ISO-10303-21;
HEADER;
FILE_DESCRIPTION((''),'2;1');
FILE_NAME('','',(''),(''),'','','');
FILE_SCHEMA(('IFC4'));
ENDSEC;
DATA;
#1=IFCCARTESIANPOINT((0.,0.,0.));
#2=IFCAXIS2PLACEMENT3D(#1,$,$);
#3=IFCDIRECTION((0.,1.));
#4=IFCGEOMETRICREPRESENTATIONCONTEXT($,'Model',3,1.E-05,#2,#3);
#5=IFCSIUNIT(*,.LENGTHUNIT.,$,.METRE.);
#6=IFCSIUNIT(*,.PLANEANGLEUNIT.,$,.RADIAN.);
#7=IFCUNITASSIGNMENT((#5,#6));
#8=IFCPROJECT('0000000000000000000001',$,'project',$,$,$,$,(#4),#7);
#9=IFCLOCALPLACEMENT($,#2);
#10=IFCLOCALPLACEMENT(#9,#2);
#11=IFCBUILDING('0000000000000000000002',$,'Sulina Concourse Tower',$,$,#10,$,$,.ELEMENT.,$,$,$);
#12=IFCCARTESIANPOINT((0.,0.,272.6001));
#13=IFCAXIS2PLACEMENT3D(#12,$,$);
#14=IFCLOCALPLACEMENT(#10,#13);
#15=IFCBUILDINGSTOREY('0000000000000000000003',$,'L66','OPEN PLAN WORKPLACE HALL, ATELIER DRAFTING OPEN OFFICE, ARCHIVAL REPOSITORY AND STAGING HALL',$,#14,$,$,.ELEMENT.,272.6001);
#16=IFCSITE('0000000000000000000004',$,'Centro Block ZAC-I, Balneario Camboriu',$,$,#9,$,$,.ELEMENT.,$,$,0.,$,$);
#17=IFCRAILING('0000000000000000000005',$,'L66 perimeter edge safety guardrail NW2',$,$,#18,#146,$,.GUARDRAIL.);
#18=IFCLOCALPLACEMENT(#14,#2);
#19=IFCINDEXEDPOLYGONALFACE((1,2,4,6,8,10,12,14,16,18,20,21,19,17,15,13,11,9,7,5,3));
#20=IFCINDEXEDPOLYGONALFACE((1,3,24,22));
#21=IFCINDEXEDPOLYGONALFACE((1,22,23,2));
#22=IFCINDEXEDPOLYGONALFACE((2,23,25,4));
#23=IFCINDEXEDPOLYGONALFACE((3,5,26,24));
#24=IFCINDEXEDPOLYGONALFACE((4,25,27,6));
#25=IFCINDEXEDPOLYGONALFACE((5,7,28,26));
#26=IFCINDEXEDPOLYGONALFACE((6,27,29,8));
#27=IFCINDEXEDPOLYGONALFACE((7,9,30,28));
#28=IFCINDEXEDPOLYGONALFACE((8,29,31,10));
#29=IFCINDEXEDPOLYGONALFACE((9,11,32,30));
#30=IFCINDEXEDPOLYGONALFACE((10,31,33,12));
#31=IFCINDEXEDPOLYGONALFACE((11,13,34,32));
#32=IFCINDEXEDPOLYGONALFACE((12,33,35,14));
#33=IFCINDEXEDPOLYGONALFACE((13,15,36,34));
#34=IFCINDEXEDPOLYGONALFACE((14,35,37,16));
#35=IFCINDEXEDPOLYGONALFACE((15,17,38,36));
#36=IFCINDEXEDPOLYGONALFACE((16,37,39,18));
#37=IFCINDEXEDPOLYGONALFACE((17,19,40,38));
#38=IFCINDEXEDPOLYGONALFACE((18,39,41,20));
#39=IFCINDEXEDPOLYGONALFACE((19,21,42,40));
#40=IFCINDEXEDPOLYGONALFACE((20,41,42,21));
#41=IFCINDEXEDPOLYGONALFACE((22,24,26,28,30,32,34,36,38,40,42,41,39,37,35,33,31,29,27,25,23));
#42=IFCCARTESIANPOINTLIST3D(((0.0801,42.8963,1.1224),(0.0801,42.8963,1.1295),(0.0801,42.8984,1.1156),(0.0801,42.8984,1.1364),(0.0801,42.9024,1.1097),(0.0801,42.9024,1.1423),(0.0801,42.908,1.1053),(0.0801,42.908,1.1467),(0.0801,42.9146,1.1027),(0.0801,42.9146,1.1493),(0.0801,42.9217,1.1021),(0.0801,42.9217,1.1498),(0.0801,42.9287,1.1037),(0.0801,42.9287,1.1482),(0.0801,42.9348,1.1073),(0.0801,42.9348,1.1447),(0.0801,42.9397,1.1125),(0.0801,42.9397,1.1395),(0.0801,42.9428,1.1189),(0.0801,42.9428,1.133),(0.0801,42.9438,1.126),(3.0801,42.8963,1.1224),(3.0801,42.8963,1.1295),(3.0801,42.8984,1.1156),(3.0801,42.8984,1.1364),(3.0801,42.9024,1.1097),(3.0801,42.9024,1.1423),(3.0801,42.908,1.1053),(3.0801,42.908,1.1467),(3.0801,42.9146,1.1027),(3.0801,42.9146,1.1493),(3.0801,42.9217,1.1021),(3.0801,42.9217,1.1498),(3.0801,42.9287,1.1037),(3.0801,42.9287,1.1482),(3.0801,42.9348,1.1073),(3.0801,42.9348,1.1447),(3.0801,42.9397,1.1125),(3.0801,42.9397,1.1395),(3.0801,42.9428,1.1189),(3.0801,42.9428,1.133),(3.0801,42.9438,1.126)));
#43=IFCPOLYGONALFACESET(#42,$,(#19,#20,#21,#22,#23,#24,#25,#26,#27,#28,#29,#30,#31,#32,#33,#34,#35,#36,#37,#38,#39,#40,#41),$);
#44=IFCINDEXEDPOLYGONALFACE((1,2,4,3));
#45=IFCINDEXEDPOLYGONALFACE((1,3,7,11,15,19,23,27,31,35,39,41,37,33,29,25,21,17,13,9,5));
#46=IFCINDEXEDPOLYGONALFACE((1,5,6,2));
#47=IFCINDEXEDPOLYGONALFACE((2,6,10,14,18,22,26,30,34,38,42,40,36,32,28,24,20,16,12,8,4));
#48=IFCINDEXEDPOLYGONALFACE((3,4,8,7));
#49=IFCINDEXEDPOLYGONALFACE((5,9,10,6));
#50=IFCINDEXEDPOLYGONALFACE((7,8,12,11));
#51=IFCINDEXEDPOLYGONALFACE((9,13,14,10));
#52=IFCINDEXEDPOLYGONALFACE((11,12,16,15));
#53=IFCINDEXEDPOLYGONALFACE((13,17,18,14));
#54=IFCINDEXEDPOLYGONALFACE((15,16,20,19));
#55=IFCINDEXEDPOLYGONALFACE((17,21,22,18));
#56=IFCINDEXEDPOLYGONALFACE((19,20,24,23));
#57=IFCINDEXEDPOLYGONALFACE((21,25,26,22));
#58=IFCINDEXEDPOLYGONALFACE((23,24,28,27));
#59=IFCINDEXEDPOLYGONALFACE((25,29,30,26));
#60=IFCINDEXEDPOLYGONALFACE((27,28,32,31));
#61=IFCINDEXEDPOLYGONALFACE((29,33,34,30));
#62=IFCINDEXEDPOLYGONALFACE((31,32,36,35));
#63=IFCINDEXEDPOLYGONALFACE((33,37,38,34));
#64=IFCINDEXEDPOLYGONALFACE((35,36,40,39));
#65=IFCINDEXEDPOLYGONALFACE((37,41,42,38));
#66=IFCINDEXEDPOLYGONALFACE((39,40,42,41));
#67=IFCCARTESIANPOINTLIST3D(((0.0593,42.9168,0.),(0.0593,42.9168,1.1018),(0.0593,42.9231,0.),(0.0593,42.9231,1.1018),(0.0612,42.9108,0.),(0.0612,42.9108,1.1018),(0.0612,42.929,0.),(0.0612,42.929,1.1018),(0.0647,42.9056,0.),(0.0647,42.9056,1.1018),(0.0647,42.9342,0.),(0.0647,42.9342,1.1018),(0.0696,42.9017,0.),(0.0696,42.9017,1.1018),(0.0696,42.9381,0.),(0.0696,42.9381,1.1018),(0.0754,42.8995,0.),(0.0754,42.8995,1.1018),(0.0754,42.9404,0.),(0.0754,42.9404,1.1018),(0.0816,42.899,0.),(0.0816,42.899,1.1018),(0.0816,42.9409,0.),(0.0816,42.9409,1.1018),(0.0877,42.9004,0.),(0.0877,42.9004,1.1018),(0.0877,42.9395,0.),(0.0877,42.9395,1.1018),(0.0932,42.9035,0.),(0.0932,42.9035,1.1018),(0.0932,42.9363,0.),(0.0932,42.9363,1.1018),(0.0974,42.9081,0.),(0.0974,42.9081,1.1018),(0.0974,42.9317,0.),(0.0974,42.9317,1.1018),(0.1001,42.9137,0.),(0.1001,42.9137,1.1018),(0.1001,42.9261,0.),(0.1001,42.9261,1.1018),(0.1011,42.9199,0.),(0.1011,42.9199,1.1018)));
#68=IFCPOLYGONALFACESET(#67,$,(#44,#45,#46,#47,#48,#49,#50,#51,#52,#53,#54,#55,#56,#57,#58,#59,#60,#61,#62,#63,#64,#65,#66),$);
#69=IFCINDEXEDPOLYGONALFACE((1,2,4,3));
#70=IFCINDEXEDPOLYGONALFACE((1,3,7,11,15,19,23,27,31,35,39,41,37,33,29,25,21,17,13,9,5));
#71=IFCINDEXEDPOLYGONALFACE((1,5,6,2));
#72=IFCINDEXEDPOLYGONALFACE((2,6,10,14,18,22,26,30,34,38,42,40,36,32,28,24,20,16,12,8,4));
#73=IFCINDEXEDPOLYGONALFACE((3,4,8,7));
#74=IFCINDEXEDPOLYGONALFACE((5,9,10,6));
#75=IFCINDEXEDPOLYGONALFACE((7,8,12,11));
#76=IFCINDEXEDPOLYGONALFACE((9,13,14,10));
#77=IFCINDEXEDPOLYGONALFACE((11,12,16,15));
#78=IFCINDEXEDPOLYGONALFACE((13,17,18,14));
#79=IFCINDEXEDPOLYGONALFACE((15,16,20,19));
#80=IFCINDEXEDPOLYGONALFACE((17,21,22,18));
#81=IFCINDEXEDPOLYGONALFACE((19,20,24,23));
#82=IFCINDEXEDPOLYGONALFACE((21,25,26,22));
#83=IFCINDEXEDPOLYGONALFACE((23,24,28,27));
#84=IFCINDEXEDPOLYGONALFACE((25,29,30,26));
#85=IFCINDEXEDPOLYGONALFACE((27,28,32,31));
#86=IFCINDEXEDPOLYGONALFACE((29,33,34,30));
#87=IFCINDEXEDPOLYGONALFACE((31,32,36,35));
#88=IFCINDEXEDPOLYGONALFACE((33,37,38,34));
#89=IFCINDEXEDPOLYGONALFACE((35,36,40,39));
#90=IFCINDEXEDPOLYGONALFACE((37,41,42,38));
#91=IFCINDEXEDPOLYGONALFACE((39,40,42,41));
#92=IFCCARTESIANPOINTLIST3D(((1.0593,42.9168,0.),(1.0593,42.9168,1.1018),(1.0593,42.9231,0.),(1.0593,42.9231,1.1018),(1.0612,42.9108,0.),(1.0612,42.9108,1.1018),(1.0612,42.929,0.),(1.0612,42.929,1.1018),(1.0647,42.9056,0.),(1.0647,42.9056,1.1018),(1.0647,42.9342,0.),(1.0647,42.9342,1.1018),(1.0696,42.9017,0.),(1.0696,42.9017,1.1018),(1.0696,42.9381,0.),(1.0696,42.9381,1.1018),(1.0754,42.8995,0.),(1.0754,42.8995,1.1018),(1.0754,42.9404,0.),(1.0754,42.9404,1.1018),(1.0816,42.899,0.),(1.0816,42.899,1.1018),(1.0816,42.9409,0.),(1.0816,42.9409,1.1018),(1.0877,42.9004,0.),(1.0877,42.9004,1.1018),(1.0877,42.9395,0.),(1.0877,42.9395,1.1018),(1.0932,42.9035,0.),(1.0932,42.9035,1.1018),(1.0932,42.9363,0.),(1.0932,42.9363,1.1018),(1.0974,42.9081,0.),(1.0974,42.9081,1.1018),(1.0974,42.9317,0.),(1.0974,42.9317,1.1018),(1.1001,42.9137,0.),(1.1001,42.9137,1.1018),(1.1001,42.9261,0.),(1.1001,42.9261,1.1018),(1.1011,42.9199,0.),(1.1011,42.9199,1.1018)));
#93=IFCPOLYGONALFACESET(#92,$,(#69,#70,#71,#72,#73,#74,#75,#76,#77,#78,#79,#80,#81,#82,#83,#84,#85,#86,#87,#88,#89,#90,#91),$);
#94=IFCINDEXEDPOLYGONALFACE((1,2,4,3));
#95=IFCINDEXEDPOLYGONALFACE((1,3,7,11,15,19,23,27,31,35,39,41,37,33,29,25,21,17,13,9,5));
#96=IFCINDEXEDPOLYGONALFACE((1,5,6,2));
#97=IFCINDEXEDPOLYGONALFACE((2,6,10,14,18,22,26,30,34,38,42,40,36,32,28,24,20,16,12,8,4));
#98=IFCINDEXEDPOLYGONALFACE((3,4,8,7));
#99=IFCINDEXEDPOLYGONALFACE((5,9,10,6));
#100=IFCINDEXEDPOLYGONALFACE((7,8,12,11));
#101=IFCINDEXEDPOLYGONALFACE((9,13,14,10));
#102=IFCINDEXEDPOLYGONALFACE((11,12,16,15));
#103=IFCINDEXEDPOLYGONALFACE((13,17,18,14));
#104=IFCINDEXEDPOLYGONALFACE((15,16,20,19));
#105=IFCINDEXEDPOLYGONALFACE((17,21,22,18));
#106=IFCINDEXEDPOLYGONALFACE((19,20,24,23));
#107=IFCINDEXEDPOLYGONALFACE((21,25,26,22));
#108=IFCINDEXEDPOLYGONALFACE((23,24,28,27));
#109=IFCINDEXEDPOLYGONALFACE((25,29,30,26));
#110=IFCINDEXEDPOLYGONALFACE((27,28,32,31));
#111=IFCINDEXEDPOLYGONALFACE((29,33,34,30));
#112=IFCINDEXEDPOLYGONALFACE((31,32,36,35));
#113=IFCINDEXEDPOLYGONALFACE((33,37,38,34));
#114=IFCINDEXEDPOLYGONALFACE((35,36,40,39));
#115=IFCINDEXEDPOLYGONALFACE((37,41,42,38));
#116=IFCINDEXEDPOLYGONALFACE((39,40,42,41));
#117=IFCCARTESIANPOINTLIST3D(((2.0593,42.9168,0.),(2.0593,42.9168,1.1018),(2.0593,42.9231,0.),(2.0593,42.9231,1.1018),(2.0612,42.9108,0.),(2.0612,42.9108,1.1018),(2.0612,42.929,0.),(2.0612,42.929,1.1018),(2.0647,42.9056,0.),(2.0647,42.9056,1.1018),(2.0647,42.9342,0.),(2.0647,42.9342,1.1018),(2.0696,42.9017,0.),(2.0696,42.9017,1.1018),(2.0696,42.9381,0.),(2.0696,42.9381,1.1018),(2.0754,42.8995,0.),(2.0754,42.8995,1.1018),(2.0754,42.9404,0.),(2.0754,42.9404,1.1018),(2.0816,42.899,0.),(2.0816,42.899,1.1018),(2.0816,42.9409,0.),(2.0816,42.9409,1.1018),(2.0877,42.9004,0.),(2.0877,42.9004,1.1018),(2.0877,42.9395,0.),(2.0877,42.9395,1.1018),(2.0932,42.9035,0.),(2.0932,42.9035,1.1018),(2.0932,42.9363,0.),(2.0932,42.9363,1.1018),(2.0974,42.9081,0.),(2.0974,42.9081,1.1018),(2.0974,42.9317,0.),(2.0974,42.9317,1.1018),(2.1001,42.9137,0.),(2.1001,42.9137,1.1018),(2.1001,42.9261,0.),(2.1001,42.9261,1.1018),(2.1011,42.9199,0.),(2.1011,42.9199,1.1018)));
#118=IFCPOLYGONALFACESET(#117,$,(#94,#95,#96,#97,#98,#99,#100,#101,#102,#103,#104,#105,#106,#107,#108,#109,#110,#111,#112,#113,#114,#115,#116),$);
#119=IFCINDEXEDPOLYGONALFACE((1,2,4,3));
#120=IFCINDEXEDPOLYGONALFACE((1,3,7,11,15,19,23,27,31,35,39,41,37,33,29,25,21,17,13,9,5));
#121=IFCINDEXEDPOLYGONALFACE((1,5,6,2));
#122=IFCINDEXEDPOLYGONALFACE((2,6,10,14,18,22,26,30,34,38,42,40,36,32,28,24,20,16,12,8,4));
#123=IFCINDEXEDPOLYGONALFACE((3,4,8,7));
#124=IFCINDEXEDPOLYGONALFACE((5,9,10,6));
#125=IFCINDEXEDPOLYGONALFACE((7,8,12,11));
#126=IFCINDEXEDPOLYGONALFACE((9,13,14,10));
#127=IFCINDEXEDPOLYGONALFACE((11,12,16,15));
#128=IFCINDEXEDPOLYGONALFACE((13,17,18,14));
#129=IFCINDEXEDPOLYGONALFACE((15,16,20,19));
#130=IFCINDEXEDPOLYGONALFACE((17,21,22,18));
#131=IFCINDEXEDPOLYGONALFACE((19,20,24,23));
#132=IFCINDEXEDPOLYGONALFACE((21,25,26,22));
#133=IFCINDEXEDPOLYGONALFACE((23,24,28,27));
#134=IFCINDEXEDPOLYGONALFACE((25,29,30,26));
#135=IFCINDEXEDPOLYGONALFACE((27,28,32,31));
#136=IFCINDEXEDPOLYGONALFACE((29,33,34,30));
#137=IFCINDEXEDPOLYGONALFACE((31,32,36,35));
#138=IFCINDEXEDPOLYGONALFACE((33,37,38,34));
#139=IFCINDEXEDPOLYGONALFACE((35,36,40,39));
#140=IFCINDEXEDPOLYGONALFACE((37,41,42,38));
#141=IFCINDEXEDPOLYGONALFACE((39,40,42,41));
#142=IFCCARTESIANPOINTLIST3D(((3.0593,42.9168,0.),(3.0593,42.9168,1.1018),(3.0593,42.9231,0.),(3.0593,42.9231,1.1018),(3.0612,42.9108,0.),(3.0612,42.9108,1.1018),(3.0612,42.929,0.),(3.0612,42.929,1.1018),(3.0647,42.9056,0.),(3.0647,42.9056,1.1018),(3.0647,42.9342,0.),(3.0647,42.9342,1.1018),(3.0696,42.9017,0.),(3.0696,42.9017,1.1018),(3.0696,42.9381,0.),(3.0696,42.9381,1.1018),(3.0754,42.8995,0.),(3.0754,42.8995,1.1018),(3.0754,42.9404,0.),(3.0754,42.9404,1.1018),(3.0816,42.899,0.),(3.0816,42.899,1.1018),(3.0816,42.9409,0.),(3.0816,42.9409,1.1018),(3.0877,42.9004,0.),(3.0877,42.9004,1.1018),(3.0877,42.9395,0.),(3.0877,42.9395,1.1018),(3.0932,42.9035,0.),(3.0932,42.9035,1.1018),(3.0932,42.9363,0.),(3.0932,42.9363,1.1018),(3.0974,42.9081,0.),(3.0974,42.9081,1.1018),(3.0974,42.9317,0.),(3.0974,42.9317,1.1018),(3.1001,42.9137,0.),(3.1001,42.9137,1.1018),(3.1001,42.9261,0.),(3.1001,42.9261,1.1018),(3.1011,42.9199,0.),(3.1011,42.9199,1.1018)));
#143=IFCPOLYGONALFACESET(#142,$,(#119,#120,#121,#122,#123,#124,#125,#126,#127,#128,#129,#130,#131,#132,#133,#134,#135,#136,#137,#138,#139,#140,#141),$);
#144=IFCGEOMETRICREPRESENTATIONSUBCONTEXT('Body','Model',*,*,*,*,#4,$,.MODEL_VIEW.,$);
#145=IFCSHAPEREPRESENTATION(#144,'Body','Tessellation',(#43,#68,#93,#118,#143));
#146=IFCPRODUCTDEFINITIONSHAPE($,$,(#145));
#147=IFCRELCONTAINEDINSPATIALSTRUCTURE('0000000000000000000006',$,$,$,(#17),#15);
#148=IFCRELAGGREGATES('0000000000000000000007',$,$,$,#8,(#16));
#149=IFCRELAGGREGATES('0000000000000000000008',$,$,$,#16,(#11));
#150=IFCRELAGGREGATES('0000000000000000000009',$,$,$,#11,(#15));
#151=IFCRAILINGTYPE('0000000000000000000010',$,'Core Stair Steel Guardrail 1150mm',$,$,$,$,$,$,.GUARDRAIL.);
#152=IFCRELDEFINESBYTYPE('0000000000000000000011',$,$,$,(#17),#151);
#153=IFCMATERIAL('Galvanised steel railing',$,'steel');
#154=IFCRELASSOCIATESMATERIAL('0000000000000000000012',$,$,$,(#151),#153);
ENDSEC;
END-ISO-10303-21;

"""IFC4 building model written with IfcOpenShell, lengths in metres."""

from ifc_helpers import new_model, si_unit, direction, frame, origin, origin_2d, place, context, subcontext, project, spatial, circle, extrude, material, type_object, element, save


model = new_model("IFC4")

# Units and contexts
model_context = context("Model", 3, precision=1e-05, world=origin(), true_north=direction((0.0, 1.0)))
body_context = subcontext(model_context, "Body", "Model", "MODEL_VIEW")
ifc_project = project(units=[si_unit("LENGTHUNIT", "METRE"), si_unit("PLANEANGLEUNIT", "RADIAN")], contexts=[model_context])

# Site, building, storey
site_placement = place(None, origin())
site = spatial("IfcSite", under=ifc_project, at=site_placement, Name="Centro Block ZAC-I, Balneario Camboriu", CompositionType="ELEMENT", RefElevation=0.0)
building_placement = place(site_placement, origin())
building = spatial("IfcBuilding", under=site, at=building_placement, Name="Sulina Concourse Tower", CompositionType="ELEMENT")
storey_placement = place(building_placement, frame((0.0, 0.0, 272.6001)))
storey = spatial("IfcBuildingStorey", under=building, at=storey_placement, Name="L66", Description="OPEN PLAN WORKPLACE HALL, ATELIER DRAFTING OPEN OFFICE, ARCHIVAL REPOSITORY AND STAGING HALL", CompositionType="ELEMENT", Elevation=272.6001)

# Railing
ifc_material_1 = material(Name="Galvanised steel railing", Category="steel")
railing_type_1 = type_object("IfcRailingType", Name="Core Stair Steel Guardrail 1150mm", PredefinedType="GUARDRAIL", material=ifc_material_1)
railing_1_placement = place(storey_placement, frame((0.0801, 42.9199, 0.0)))
element("IfcRailing", 1, at=railing_1_placement, inside=storey, type_object=railing_type_1, Name="L66 perimeter edge safety guardrail NW2", PredefinedType="GUARDRAIL", context=body_context, shape_type="SweptSolid", body=[
    extrude(circle(Radius=0.0239, at=origin_2d()), frame((0.0, 0.0, 1.126), z_axis=(1.0, 0.0, 0.0), x_axis=(0.0, 1.0, 0.0)), (0.0, 0.0, 1.0), 3.0),
    extrude(circle(Radius=0.021, at=origin_2d()), origin(), (0.0, 0.0, 1.0), 1.1018),
    extrude(circle(Radius=0.021, at=origin_2d()), frame((1.0, 0.0, 0.0)), (0.0, 0.0, 1.0), 1.1018),
    extrude(circle(Radius=0.021, at=origin_2d()), frame((2.0, 0.0, 0.0)), (0.0, 0.0, 1.0), 1.1018),
    extrude(circle(Radius=0.021, at=origin_2d()), frame((3.0, 0.0, 0.0)), (0.0, 0.0, 1.0), 1.1018),
])

save(model, "model.ifc")
